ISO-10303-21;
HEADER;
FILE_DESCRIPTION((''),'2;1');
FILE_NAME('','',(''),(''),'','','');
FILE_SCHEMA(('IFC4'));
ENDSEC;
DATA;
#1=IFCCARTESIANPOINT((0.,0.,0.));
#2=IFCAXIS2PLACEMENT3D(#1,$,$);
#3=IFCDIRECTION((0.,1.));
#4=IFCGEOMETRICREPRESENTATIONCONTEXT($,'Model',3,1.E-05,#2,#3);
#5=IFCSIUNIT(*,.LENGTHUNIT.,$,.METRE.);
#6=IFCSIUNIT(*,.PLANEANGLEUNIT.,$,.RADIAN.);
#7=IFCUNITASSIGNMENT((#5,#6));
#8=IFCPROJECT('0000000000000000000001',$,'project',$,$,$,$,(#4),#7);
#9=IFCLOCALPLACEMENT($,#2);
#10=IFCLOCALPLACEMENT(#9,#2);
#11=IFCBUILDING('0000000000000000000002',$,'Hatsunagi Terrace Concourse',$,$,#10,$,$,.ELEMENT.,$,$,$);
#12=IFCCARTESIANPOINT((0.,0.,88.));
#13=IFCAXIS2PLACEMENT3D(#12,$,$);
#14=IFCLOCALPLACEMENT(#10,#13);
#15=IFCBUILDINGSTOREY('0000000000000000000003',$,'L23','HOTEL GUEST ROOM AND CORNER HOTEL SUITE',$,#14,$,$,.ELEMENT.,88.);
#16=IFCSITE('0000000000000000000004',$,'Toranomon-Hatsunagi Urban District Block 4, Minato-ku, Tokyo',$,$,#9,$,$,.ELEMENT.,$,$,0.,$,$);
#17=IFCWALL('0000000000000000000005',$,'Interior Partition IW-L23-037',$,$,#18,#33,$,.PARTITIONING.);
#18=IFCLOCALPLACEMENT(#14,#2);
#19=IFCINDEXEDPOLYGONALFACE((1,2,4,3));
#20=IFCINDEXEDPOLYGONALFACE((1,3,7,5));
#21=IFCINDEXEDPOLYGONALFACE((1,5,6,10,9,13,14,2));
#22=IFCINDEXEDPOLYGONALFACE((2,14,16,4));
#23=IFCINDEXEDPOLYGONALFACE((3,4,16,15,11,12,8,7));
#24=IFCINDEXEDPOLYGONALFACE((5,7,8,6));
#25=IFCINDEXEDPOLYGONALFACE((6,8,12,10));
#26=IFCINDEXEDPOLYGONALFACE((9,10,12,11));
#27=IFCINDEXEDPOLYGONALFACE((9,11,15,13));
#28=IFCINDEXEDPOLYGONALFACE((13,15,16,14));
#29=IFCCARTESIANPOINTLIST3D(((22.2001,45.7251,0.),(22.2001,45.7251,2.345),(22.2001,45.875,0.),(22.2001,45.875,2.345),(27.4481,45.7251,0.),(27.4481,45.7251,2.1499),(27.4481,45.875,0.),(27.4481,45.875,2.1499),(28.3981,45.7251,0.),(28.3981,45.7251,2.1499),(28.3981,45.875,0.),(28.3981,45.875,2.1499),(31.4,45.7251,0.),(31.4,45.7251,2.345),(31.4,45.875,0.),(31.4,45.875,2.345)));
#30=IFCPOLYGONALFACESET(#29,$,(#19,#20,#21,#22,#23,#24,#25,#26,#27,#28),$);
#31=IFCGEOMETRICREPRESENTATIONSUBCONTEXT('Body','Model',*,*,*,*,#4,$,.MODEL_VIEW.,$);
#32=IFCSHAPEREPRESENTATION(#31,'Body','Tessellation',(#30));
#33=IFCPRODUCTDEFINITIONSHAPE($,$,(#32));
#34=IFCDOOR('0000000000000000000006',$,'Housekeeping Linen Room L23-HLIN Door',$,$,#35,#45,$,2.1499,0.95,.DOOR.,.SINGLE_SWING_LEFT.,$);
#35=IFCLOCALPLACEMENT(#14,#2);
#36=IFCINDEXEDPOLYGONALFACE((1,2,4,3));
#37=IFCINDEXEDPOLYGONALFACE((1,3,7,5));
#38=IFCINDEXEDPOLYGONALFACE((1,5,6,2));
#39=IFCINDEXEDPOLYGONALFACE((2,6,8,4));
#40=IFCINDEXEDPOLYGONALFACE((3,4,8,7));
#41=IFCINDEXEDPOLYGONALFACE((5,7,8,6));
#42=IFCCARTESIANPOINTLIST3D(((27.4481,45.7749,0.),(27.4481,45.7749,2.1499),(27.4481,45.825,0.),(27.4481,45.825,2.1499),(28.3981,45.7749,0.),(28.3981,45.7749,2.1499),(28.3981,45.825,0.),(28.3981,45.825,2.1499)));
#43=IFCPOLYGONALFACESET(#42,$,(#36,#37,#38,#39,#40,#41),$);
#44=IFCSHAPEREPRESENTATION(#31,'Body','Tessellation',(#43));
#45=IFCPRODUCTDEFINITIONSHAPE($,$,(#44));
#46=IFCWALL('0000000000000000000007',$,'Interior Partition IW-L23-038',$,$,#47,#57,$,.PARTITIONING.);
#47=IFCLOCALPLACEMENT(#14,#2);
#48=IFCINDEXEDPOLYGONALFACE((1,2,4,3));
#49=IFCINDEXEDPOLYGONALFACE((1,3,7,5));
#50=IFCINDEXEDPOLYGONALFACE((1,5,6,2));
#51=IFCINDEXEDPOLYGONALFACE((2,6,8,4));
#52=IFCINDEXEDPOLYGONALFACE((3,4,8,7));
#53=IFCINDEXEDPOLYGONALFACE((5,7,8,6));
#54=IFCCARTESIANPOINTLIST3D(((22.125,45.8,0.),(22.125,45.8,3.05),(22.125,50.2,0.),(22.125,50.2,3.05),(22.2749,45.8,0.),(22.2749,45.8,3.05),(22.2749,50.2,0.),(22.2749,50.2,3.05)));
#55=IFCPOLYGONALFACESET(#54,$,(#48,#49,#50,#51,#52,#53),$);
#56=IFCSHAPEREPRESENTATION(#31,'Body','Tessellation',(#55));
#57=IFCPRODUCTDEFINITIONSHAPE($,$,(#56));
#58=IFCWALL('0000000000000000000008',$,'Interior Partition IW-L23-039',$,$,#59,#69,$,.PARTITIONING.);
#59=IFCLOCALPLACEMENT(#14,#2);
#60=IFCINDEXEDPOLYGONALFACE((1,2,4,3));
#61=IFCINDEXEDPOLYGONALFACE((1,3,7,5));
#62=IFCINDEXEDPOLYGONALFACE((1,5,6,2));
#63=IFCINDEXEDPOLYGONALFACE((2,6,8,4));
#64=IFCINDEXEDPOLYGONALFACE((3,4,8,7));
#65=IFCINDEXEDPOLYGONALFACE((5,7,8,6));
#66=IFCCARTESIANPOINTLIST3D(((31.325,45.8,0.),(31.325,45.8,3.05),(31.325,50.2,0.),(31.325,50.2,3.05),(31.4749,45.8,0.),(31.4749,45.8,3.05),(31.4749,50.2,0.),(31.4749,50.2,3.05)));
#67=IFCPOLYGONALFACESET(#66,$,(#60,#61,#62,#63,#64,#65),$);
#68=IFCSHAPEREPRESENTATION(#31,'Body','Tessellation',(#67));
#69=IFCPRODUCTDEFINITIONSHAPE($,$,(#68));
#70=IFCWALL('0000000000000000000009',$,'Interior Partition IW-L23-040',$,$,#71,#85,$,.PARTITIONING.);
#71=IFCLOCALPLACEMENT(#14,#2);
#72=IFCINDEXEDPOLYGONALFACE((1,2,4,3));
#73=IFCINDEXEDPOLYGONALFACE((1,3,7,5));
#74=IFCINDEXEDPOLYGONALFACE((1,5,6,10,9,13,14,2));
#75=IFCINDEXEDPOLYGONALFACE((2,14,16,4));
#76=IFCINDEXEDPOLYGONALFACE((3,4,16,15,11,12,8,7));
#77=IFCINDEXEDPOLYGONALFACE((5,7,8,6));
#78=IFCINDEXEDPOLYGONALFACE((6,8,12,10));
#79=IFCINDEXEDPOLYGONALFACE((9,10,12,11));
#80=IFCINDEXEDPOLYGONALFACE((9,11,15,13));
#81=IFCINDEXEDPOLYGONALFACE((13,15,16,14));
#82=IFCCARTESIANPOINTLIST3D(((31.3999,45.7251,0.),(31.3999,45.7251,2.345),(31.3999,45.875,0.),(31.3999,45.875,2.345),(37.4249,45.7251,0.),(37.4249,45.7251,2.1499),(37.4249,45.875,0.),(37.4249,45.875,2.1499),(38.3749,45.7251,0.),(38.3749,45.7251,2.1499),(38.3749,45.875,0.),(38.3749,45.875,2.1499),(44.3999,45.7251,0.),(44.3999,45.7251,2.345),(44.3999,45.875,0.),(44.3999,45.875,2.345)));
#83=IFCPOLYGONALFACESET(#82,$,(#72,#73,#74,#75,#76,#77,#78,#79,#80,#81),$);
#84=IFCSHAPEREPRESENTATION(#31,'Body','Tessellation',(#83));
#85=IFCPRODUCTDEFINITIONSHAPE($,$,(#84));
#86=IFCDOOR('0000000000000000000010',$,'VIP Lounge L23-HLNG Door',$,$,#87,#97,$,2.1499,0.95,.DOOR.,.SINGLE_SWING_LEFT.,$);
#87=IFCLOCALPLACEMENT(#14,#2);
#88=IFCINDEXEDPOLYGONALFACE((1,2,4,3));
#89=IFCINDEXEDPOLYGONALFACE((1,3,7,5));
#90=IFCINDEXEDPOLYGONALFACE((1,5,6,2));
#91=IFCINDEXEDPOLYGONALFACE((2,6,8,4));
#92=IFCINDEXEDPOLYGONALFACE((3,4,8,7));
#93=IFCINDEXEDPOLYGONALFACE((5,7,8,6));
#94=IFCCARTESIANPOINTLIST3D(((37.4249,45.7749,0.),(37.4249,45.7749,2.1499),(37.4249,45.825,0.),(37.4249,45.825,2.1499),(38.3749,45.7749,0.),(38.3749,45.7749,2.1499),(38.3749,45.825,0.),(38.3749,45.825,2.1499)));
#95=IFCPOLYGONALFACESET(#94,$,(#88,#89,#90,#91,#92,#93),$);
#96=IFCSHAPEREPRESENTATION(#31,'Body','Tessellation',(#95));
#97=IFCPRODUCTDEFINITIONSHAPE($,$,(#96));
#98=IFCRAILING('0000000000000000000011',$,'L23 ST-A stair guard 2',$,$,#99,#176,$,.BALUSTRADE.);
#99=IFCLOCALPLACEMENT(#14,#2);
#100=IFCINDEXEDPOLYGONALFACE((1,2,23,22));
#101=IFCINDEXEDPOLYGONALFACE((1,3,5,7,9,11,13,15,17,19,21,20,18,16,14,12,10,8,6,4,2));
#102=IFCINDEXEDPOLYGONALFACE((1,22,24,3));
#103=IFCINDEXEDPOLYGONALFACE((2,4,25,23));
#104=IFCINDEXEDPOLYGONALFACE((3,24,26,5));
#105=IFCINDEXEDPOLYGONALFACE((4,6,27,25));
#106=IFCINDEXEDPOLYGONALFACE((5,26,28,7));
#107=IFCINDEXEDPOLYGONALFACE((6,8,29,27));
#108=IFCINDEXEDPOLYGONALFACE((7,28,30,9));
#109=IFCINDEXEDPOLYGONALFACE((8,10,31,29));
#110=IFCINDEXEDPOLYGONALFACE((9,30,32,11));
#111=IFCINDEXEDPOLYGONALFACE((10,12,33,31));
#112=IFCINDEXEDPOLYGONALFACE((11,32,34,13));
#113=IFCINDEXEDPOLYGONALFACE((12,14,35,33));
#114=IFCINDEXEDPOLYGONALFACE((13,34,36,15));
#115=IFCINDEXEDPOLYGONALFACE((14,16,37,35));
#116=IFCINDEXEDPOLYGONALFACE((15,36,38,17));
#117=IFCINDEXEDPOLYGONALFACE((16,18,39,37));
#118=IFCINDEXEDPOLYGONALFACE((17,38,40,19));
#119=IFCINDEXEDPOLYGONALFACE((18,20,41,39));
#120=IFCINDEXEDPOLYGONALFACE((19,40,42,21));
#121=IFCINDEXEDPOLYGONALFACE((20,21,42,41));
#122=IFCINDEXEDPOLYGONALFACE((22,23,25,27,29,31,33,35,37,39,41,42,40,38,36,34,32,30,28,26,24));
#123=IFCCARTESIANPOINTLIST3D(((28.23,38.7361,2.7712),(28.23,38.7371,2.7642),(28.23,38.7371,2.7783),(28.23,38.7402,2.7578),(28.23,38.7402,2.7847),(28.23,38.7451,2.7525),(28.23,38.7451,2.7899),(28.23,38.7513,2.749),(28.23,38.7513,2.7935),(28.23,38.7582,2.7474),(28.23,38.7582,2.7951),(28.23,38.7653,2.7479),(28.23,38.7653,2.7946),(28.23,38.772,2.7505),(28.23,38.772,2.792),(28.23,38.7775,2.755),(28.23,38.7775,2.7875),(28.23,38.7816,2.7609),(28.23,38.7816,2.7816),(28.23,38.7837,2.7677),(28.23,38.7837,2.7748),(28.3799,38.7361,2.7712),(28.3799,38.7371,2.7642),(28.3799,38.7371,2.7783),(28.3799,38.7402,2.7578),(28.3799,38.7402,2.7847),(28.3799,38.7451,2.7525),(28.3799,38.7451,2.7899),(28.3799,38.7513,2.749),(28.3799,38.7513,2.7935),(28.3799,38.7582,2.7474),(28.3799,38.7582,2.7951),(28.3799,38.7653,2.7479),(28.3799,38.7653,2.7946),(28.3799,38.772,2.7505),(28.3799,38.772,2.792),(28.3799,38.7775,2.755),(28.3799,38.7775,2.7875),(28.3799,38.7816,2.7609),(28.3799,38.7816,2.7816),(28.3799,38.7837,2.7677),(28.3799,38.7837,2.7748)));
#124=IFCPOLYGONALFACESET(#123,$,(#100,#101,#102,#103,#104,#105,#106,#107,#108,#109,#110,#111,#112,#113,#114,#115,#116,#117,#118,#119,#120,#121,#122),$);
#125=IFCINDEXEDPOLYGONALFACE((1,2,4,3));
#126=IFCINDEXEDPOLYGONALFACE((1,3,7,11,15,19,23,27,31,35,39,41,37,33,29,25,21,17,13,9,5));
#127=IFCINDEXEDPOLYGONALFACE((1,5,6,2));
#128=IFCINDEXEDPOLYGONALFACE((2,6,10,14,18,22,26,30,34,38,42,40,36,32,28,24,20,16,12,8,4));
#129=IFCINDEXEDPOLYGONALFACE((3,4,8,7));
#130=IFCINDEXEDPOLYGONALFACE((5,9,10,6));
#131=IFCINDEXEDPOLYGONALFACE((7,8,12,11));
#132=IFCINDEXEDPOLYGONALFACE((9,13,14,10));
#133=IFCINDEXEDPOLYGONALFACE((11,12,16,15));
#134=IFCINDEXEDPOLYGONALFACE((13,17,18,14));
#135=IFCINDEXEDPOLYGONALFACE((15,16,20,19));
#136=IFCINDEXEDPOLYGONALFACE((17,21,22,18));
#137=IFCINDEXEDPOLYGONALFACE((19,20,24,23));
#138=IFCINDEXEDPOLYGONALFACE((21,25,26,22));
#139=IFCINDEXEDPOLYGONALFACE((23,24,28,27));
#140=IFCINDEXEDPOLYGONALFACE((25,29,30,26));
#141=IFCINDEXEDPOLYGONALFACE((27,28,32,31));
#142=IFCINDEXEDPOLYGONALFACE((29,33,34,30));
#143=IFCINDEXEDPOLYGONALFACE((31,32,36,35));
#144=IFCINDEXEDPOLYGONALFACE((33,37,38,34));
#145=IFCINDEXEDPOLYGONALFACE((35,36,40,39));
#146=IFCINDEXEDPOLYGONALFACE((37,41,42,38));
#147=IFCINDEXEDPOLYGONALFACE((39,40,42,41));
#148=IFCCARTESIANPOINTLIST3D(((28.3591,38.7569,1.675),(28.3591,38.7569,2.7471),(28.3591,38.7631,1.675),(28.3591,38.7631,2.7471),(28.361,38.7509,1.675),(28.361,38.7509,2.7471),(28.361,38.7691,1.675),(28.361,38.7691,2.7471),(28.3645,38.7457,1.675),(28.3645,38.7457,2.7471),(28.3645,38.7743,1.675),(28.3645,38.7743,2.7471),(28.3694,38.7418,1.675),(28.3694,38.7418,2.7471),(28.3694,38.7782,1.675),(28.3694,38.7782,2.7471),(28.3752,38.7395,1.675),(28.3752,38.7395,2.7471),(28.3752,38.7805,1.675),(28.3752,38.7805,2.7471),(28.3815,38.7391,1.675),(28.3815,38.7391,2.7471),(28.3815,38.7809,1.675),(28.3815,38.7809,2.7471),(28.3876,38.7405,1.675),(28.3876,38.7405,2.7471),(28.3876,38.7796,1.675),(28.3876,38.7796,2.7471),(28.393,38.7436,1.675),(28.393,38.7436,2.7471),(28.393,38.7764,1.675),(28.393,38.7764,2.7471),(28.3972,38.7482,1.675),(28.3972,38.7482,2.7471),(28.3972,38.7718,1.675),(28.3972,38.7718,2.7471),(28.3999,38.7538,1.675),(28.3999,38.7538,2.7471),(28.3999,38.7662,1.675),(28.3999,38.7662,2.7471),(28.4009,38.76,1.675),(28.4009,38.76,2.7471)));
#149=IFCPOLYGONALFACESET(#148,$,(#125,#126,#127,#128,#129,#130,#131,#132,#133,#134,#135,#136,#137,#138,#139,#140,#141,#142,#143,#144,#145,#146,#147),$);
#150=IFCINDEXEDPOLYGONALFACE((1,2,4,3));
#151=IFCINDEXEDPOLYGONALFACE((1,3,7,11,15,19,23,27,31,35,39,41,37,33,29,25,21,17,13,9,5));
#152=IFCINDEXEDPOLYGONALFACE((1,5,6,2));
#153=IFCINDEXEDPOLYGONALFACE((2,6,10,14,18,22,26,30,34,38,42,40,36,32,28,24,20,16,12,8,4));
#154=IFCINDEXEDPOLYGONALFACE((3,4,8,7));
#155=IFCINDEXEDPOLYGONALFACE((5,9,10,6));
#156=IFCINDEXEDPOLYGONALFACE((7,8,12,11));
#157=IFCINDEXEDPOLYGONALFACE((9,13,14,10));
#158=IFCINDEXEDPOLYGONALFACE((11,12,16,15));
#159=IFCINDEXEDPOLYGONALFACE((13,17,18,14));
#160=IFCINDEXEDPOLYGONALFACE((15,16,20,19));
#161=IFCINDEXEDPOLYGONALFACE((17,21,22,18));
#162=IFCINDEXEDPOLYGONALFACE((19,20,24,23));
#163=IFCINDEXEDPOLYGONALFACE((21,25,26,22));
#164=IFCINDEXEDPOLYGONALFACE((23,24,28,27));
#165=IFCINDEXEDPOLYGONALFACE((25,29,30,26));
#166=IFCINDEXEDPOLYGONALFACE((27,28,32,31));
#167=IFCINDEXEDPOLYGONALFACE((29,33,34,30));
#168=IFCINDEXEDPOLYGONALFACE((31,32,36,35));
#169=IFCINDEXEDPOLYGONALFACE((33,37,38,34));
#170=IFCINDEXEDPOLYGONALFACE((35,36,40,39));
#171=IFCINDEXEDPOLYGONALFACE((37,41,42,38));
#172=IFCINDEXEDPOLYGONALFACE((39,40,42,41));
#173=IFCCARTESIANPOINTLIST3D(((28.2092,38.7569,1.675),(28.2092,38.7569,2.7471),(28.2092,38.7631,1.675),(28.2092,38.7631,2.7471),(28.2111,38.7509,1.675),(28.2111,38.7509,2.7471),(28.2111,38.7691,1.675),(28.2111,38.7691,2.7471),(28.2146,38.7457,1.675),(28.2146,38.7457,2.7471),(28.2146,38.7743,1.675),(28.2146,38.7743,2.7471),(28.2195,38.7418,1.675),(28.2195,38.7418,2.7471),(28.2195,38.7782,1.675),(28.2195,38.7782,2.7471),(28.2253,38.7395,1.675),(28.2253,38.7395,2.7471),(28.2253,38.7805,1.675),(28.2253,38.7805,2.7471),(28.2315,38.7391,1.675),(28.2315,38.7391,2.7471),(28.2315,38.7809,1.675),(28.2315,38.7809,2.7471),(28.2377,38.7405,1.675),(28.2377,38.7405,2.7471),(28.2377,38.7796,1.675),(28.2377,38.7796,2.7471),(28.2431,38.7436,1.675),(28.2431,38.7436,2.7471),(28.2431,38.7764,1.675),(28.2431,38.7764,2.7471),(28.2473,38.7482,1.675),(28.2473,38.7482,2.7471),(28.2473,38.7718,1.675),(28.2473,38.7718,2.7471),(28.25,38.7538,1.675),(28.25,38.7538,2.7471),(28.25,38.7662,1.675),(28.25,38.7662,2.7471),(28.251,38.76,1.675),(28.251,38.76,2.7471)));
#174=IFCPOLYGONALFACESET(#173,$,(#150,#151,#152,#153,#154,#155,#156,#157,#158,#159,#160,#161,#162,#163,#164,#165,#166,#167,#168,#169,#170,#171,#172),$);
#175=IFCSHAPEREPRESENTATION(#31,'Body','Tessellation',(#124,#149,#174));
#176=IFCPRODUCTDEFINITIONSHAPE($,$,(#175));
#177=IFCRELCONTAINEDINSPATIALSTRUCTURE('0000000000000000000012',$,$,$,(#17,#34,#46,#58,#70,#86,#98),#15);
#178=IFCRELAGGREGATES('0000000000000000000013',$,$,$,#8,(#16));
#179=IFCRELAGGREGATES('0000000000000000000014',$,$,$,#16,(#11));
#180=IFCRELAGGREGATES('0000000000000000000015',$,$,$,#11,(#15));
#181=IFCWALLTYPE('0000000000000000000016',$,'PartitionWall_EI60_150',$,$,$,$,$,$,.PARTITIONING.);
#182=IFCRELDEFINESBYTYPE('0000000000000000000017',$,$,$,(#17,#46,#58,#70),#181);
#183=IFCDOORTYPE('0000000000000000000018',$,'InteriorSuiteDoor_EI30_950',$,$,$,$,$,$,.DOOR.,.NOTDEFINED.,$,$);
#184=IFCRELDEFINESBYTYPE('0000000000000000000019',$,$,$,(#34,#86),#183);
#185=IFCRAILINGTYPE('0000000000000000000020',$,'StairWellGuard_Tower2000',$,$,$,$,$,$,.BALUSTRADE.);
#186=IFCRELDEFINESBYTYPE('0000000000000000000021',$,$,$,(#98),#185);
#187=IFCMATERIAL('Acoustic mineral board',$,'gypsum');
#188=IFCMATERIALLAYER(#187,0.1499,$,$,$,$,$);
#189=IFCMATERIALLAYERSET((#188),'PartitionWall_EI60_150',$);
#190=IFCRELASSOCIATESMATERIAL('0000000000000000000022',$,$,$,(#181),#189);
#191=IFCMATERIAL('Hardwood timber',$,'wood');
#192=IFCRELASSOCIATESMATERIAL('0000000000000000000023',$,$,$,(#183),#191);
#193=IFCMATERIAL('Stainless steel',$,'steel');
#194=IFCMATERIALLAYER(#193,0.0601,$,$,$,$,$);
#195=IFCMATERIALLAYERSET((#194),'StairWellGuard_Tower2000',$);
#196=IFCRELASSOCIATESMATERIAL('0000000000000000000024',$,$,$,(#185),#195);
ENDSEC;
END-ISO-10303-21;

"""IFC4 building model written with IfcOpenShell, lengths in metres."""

from ifc_helpers import new_model, si_unit, direction, frame, frame_2d, origin, origin_2d, place, context, subcontext, project, spatial, rectangle, circle, extrude, material, layer, layer_set, type_object, element, fill, save


model = new_model("IFC4")

# Units and contexts
model_context = context("Model", 3, precision=1e-05, world=origin(), true_north=direction((0.0, 1.0)))
body_context = subcontext(model_context, "Body", "Model", "MODEL_VIEW")
ifc_project = project(units=[si_unit("LENGTHUNIT", "METRE"), si_unit("PLANEANGLEUNIT", "RADIAN")], contexts=[model_context])

# Site, building, storey
site_placement = place(None, origin())
site = spatial("IfcSite", under=ifc_project, at=site_placement, Name="Toranomon-Hatsunagi Urban District Block 4, Minato-ku, Tokyo", CompositionType="ELEMENT", RefElevation=0.0)
building_placement = place(site_placement, origin())
building = spatial("IfcBuilding", under=site, at=building_placement, Name="Hatsunagi Terrace Concourse", CompositionType="ELEMENT")
storey_placement = place(building_placement, frame((0.0, 0.0, 88.0)))
storey = spatial("IfcBuildingStorey", under=building, at=storey_placement, Name="L23", Description="HOTEL GUEST ROOM AND CORNER HOTEL SUITE", CompositionType="ELEMENT", Elevation=88.0)

# Shared definitions
ifc_material_1 = material(Name="Acoustic mineral board", Category="gypsum")
ifc_layer_1 = layer(ifc_material_1, 0.1499)
ifc_layer_set_1 = layer_set([ifc_layer_1], Name="PartitionWall_EI60_150")
wall_type_1 = type_object("IfcWallType", Name="PartitionWall_EI60_150", PredefinedType="PARTITIONING", material=ifc_layer_set_1)

# Wall, opening, door
wall_1_placement = place(storey_placement, frame((22.2, 45.8, 0.0), z_axis=(0.0, 0.0, 1.0), x_axis=(1.0, 0.0, 0.0)))
wall_1 = element("IfcWall", 1, at=wall_1_placement, inside=storey, type_object=wall_type_1, Name="Interior Partition IW-L23-037", PredefinedType="PARTITIONING", context=body_context, shape_type="SweptSolid", body=[
    extrude(rectangle(XDim=9.2, YDim=0.1499, at=frame_2d((4.6001, 0.0))), origin(), (0.0, 0.0, 1.0), 2.345),
])
opening_1_placement = place(wall_1_placement, frame((5.248, 0.0, 0.0)))
opening_1 = element("IfcOpeningElement", 2, at=opening_1_placement, cuts=wall_1, PredefinedType="OPENING", context=body_context, shape_type="SweptSolid", body=[
    extrude(rectangle(XDim=0.95, YDim=2.1499, at=frame_2d((0.4751, 1.075))), frame((0.0, 0.085, 0.0), z_axis=(0.0, -1.0, 0.0), x_axis=(1.0, 0.0, 0.0)), (0.0, 0.0, 1.0), 0.1699),
])
ifc_material_2 = material(Name="Hardwood timber", Category="wood")
door_type = type_object("IfcDoorType", Name="InteriorSuiteDoor_EI30_950", OperationType="NOTDEFINED", PredefinedType="DOOR", material=ifc_material_2)
door_1_placement = place(opening_1_placement, origin())
door_1 = element("IfcDoor", 3, at=door_1_placement, inside=storey, type_object=door_type, Name="Housekeeping Linen Room L23-HLIN Door", OperationType="SINGLE_SWING_LEFT", OverallHeight=2.1499, OverallWidth=0.95, PredefinedType="DOOR", context=body_context, shape_type="SweptSolid", body=[
    extrude(rectangle(XDim=0.95, YDim=2.1499, at=frame_2d((0.4751, 1.075))), frame((0.0, 0.0249, 0.0), z_axis=(0.0, -1.0, 0.0), x_axis=(1.0, 0.0, 0.0)), (0.0, 0.0, 1.0), 0.05),
])
fill(opening_1, door_1)

# Walls
for number, where, z_axis, x_axis, name in (
    (4, (22.2, 45.8, 0.0), (0.0, 0.0, 1.0), (0.0, 1.0, 0.0), "Interior Partition IW-L23-038"),
    (5, (31.3999, 45.8, 0.0), (0.0, 0.0, 1.0), (0.0, 1.0, 0.0), "Interior Partition IW-L23-039"),
):
    element("IfcWall", number, at=place(storey_placement, frame(where, z_axis=z_axis, x_axis=x_axis)), inside=storey, type_object=wall_type_1, Name=name, PredefinedType="PARTITIONING", context=body_context, shape_type="SweptSolid", body=[
        extrude(rectangle(XDim=4.3999, YDim=0.1499, at=frame_2d((2.2, 0.0))), origin(), (0.0, 0.0, 1.0), 3.05),
    ])

# Wall, opening, door
wall_2_placement = place(storey_placement, frame((31.3999, 45.8, 0.0), z_axis=(0.0, 0.0, 1.0), x_axis=(1.0, 0.0, 0.0)))
wall_2 = element("IfcWall", 6, at=wall_2_placement, inside=storey, type_object=wall_type_1, Name="Interior Partition IW-L23-040", PredefinedType="PARTITIONING", context=body_context, shape_type="SweptSolid", body=[
    extrude(rectangle(XDim=13.0, YDim=0.1499, at=frame_2d((6.5, 0.0))), origin(), (0.0, 0.0, 1.0), 2.345),
])
opening_2_placement = place(wall_2_placement, frame((6.0249, 0.0, 0.0)))
opening_2 = element("IfcOpeningElement", 7, at=opening_2_placement, cuts=wall_2, PredefinedType="OPENING", context=body_context, shape_type="SweptSolid", body=[
    extrude(rectangle(XDim=0.95, YDim=2.1499, at=frame_2d((0.4751, 1.075))), frame((0.0, 0.085, 0.0), z_axis=(0.0, -1.0, 0.0), x_axis=(1.0, 0.0, 0.0)), (0.0, 0.0, 1.0), 0.1699),
])
door_2_placement = place(opening_2_placement, origin())
door_2 = element("IfcDoor", 8, at=door_2_placement, inside=storey, type_object=door_type, Name="VIP Lounge L23-HLNG Door", OperationType="SINGLE_SWING_LEFT", OverallHeight=2.1499, OverallWidth=0.95, PredefinedType="DOOR", context=body_context, shape_type="SweptSolid", body=[
    extrude(rectangle(XDim=0.95, YDim=2.1499, at=frame_2d((0.4751, 1.075))), frame((0.0, 0.0249, 0.0), z_axis=(0.0, -1.0, 0.0), x_axis=(1.0, 0.0, 0.0)), (0.0, 0.0, 1.0), 0.05),
])
fill(opening_2, door_2)

# Railing
ifc_material_3 = material(Name="Stainless steel", Category="steel")
ifc_layer_2 = layer(ifc_material_3, 0.0601)
ifc_layer_set_2 = layer_set([ifc_layer_2], Name="StairWellGuard_Tower2000")
railing_type = type_object("IfcRailingType", Name="StairWellGuard_Tower2000", PredefinedType="BALUSTRADE", material=ifc_layer_set_2)
railing_placement = place(storey_placement, frame((28.3799, 38.76, 1.675)))
element("IfcRailing", 9, at=railing_placement, inside=storey, type_object=railing_type, Name="L23 ST-A stair guard 2", PredefinedType="BALUSTRADE", context=body_context, shape_type="SweptSolid", body=[
    extrude(circle(Radius=0.0239, at=origin_2d()), frame((0.0, 0.0, 1.0962), z_axis=(-1.0, 0.0, 0.0), x_axis=(0.0, -1.0, 0.0)), (0.0, 0.0, 1.0), 0.1499),
    extrude(circle(Radius=0.021, at=origin_2d()), origin(), (0.0, 0.0, 1.0), 1.072),
    extrude(circle(Radius=0.021, at=origin_2d()), frame((-0.1499, 0.0, 0.0)), (0.0, 0.0, 1.0), 1.072),
])

save(model, "model.ifc")
